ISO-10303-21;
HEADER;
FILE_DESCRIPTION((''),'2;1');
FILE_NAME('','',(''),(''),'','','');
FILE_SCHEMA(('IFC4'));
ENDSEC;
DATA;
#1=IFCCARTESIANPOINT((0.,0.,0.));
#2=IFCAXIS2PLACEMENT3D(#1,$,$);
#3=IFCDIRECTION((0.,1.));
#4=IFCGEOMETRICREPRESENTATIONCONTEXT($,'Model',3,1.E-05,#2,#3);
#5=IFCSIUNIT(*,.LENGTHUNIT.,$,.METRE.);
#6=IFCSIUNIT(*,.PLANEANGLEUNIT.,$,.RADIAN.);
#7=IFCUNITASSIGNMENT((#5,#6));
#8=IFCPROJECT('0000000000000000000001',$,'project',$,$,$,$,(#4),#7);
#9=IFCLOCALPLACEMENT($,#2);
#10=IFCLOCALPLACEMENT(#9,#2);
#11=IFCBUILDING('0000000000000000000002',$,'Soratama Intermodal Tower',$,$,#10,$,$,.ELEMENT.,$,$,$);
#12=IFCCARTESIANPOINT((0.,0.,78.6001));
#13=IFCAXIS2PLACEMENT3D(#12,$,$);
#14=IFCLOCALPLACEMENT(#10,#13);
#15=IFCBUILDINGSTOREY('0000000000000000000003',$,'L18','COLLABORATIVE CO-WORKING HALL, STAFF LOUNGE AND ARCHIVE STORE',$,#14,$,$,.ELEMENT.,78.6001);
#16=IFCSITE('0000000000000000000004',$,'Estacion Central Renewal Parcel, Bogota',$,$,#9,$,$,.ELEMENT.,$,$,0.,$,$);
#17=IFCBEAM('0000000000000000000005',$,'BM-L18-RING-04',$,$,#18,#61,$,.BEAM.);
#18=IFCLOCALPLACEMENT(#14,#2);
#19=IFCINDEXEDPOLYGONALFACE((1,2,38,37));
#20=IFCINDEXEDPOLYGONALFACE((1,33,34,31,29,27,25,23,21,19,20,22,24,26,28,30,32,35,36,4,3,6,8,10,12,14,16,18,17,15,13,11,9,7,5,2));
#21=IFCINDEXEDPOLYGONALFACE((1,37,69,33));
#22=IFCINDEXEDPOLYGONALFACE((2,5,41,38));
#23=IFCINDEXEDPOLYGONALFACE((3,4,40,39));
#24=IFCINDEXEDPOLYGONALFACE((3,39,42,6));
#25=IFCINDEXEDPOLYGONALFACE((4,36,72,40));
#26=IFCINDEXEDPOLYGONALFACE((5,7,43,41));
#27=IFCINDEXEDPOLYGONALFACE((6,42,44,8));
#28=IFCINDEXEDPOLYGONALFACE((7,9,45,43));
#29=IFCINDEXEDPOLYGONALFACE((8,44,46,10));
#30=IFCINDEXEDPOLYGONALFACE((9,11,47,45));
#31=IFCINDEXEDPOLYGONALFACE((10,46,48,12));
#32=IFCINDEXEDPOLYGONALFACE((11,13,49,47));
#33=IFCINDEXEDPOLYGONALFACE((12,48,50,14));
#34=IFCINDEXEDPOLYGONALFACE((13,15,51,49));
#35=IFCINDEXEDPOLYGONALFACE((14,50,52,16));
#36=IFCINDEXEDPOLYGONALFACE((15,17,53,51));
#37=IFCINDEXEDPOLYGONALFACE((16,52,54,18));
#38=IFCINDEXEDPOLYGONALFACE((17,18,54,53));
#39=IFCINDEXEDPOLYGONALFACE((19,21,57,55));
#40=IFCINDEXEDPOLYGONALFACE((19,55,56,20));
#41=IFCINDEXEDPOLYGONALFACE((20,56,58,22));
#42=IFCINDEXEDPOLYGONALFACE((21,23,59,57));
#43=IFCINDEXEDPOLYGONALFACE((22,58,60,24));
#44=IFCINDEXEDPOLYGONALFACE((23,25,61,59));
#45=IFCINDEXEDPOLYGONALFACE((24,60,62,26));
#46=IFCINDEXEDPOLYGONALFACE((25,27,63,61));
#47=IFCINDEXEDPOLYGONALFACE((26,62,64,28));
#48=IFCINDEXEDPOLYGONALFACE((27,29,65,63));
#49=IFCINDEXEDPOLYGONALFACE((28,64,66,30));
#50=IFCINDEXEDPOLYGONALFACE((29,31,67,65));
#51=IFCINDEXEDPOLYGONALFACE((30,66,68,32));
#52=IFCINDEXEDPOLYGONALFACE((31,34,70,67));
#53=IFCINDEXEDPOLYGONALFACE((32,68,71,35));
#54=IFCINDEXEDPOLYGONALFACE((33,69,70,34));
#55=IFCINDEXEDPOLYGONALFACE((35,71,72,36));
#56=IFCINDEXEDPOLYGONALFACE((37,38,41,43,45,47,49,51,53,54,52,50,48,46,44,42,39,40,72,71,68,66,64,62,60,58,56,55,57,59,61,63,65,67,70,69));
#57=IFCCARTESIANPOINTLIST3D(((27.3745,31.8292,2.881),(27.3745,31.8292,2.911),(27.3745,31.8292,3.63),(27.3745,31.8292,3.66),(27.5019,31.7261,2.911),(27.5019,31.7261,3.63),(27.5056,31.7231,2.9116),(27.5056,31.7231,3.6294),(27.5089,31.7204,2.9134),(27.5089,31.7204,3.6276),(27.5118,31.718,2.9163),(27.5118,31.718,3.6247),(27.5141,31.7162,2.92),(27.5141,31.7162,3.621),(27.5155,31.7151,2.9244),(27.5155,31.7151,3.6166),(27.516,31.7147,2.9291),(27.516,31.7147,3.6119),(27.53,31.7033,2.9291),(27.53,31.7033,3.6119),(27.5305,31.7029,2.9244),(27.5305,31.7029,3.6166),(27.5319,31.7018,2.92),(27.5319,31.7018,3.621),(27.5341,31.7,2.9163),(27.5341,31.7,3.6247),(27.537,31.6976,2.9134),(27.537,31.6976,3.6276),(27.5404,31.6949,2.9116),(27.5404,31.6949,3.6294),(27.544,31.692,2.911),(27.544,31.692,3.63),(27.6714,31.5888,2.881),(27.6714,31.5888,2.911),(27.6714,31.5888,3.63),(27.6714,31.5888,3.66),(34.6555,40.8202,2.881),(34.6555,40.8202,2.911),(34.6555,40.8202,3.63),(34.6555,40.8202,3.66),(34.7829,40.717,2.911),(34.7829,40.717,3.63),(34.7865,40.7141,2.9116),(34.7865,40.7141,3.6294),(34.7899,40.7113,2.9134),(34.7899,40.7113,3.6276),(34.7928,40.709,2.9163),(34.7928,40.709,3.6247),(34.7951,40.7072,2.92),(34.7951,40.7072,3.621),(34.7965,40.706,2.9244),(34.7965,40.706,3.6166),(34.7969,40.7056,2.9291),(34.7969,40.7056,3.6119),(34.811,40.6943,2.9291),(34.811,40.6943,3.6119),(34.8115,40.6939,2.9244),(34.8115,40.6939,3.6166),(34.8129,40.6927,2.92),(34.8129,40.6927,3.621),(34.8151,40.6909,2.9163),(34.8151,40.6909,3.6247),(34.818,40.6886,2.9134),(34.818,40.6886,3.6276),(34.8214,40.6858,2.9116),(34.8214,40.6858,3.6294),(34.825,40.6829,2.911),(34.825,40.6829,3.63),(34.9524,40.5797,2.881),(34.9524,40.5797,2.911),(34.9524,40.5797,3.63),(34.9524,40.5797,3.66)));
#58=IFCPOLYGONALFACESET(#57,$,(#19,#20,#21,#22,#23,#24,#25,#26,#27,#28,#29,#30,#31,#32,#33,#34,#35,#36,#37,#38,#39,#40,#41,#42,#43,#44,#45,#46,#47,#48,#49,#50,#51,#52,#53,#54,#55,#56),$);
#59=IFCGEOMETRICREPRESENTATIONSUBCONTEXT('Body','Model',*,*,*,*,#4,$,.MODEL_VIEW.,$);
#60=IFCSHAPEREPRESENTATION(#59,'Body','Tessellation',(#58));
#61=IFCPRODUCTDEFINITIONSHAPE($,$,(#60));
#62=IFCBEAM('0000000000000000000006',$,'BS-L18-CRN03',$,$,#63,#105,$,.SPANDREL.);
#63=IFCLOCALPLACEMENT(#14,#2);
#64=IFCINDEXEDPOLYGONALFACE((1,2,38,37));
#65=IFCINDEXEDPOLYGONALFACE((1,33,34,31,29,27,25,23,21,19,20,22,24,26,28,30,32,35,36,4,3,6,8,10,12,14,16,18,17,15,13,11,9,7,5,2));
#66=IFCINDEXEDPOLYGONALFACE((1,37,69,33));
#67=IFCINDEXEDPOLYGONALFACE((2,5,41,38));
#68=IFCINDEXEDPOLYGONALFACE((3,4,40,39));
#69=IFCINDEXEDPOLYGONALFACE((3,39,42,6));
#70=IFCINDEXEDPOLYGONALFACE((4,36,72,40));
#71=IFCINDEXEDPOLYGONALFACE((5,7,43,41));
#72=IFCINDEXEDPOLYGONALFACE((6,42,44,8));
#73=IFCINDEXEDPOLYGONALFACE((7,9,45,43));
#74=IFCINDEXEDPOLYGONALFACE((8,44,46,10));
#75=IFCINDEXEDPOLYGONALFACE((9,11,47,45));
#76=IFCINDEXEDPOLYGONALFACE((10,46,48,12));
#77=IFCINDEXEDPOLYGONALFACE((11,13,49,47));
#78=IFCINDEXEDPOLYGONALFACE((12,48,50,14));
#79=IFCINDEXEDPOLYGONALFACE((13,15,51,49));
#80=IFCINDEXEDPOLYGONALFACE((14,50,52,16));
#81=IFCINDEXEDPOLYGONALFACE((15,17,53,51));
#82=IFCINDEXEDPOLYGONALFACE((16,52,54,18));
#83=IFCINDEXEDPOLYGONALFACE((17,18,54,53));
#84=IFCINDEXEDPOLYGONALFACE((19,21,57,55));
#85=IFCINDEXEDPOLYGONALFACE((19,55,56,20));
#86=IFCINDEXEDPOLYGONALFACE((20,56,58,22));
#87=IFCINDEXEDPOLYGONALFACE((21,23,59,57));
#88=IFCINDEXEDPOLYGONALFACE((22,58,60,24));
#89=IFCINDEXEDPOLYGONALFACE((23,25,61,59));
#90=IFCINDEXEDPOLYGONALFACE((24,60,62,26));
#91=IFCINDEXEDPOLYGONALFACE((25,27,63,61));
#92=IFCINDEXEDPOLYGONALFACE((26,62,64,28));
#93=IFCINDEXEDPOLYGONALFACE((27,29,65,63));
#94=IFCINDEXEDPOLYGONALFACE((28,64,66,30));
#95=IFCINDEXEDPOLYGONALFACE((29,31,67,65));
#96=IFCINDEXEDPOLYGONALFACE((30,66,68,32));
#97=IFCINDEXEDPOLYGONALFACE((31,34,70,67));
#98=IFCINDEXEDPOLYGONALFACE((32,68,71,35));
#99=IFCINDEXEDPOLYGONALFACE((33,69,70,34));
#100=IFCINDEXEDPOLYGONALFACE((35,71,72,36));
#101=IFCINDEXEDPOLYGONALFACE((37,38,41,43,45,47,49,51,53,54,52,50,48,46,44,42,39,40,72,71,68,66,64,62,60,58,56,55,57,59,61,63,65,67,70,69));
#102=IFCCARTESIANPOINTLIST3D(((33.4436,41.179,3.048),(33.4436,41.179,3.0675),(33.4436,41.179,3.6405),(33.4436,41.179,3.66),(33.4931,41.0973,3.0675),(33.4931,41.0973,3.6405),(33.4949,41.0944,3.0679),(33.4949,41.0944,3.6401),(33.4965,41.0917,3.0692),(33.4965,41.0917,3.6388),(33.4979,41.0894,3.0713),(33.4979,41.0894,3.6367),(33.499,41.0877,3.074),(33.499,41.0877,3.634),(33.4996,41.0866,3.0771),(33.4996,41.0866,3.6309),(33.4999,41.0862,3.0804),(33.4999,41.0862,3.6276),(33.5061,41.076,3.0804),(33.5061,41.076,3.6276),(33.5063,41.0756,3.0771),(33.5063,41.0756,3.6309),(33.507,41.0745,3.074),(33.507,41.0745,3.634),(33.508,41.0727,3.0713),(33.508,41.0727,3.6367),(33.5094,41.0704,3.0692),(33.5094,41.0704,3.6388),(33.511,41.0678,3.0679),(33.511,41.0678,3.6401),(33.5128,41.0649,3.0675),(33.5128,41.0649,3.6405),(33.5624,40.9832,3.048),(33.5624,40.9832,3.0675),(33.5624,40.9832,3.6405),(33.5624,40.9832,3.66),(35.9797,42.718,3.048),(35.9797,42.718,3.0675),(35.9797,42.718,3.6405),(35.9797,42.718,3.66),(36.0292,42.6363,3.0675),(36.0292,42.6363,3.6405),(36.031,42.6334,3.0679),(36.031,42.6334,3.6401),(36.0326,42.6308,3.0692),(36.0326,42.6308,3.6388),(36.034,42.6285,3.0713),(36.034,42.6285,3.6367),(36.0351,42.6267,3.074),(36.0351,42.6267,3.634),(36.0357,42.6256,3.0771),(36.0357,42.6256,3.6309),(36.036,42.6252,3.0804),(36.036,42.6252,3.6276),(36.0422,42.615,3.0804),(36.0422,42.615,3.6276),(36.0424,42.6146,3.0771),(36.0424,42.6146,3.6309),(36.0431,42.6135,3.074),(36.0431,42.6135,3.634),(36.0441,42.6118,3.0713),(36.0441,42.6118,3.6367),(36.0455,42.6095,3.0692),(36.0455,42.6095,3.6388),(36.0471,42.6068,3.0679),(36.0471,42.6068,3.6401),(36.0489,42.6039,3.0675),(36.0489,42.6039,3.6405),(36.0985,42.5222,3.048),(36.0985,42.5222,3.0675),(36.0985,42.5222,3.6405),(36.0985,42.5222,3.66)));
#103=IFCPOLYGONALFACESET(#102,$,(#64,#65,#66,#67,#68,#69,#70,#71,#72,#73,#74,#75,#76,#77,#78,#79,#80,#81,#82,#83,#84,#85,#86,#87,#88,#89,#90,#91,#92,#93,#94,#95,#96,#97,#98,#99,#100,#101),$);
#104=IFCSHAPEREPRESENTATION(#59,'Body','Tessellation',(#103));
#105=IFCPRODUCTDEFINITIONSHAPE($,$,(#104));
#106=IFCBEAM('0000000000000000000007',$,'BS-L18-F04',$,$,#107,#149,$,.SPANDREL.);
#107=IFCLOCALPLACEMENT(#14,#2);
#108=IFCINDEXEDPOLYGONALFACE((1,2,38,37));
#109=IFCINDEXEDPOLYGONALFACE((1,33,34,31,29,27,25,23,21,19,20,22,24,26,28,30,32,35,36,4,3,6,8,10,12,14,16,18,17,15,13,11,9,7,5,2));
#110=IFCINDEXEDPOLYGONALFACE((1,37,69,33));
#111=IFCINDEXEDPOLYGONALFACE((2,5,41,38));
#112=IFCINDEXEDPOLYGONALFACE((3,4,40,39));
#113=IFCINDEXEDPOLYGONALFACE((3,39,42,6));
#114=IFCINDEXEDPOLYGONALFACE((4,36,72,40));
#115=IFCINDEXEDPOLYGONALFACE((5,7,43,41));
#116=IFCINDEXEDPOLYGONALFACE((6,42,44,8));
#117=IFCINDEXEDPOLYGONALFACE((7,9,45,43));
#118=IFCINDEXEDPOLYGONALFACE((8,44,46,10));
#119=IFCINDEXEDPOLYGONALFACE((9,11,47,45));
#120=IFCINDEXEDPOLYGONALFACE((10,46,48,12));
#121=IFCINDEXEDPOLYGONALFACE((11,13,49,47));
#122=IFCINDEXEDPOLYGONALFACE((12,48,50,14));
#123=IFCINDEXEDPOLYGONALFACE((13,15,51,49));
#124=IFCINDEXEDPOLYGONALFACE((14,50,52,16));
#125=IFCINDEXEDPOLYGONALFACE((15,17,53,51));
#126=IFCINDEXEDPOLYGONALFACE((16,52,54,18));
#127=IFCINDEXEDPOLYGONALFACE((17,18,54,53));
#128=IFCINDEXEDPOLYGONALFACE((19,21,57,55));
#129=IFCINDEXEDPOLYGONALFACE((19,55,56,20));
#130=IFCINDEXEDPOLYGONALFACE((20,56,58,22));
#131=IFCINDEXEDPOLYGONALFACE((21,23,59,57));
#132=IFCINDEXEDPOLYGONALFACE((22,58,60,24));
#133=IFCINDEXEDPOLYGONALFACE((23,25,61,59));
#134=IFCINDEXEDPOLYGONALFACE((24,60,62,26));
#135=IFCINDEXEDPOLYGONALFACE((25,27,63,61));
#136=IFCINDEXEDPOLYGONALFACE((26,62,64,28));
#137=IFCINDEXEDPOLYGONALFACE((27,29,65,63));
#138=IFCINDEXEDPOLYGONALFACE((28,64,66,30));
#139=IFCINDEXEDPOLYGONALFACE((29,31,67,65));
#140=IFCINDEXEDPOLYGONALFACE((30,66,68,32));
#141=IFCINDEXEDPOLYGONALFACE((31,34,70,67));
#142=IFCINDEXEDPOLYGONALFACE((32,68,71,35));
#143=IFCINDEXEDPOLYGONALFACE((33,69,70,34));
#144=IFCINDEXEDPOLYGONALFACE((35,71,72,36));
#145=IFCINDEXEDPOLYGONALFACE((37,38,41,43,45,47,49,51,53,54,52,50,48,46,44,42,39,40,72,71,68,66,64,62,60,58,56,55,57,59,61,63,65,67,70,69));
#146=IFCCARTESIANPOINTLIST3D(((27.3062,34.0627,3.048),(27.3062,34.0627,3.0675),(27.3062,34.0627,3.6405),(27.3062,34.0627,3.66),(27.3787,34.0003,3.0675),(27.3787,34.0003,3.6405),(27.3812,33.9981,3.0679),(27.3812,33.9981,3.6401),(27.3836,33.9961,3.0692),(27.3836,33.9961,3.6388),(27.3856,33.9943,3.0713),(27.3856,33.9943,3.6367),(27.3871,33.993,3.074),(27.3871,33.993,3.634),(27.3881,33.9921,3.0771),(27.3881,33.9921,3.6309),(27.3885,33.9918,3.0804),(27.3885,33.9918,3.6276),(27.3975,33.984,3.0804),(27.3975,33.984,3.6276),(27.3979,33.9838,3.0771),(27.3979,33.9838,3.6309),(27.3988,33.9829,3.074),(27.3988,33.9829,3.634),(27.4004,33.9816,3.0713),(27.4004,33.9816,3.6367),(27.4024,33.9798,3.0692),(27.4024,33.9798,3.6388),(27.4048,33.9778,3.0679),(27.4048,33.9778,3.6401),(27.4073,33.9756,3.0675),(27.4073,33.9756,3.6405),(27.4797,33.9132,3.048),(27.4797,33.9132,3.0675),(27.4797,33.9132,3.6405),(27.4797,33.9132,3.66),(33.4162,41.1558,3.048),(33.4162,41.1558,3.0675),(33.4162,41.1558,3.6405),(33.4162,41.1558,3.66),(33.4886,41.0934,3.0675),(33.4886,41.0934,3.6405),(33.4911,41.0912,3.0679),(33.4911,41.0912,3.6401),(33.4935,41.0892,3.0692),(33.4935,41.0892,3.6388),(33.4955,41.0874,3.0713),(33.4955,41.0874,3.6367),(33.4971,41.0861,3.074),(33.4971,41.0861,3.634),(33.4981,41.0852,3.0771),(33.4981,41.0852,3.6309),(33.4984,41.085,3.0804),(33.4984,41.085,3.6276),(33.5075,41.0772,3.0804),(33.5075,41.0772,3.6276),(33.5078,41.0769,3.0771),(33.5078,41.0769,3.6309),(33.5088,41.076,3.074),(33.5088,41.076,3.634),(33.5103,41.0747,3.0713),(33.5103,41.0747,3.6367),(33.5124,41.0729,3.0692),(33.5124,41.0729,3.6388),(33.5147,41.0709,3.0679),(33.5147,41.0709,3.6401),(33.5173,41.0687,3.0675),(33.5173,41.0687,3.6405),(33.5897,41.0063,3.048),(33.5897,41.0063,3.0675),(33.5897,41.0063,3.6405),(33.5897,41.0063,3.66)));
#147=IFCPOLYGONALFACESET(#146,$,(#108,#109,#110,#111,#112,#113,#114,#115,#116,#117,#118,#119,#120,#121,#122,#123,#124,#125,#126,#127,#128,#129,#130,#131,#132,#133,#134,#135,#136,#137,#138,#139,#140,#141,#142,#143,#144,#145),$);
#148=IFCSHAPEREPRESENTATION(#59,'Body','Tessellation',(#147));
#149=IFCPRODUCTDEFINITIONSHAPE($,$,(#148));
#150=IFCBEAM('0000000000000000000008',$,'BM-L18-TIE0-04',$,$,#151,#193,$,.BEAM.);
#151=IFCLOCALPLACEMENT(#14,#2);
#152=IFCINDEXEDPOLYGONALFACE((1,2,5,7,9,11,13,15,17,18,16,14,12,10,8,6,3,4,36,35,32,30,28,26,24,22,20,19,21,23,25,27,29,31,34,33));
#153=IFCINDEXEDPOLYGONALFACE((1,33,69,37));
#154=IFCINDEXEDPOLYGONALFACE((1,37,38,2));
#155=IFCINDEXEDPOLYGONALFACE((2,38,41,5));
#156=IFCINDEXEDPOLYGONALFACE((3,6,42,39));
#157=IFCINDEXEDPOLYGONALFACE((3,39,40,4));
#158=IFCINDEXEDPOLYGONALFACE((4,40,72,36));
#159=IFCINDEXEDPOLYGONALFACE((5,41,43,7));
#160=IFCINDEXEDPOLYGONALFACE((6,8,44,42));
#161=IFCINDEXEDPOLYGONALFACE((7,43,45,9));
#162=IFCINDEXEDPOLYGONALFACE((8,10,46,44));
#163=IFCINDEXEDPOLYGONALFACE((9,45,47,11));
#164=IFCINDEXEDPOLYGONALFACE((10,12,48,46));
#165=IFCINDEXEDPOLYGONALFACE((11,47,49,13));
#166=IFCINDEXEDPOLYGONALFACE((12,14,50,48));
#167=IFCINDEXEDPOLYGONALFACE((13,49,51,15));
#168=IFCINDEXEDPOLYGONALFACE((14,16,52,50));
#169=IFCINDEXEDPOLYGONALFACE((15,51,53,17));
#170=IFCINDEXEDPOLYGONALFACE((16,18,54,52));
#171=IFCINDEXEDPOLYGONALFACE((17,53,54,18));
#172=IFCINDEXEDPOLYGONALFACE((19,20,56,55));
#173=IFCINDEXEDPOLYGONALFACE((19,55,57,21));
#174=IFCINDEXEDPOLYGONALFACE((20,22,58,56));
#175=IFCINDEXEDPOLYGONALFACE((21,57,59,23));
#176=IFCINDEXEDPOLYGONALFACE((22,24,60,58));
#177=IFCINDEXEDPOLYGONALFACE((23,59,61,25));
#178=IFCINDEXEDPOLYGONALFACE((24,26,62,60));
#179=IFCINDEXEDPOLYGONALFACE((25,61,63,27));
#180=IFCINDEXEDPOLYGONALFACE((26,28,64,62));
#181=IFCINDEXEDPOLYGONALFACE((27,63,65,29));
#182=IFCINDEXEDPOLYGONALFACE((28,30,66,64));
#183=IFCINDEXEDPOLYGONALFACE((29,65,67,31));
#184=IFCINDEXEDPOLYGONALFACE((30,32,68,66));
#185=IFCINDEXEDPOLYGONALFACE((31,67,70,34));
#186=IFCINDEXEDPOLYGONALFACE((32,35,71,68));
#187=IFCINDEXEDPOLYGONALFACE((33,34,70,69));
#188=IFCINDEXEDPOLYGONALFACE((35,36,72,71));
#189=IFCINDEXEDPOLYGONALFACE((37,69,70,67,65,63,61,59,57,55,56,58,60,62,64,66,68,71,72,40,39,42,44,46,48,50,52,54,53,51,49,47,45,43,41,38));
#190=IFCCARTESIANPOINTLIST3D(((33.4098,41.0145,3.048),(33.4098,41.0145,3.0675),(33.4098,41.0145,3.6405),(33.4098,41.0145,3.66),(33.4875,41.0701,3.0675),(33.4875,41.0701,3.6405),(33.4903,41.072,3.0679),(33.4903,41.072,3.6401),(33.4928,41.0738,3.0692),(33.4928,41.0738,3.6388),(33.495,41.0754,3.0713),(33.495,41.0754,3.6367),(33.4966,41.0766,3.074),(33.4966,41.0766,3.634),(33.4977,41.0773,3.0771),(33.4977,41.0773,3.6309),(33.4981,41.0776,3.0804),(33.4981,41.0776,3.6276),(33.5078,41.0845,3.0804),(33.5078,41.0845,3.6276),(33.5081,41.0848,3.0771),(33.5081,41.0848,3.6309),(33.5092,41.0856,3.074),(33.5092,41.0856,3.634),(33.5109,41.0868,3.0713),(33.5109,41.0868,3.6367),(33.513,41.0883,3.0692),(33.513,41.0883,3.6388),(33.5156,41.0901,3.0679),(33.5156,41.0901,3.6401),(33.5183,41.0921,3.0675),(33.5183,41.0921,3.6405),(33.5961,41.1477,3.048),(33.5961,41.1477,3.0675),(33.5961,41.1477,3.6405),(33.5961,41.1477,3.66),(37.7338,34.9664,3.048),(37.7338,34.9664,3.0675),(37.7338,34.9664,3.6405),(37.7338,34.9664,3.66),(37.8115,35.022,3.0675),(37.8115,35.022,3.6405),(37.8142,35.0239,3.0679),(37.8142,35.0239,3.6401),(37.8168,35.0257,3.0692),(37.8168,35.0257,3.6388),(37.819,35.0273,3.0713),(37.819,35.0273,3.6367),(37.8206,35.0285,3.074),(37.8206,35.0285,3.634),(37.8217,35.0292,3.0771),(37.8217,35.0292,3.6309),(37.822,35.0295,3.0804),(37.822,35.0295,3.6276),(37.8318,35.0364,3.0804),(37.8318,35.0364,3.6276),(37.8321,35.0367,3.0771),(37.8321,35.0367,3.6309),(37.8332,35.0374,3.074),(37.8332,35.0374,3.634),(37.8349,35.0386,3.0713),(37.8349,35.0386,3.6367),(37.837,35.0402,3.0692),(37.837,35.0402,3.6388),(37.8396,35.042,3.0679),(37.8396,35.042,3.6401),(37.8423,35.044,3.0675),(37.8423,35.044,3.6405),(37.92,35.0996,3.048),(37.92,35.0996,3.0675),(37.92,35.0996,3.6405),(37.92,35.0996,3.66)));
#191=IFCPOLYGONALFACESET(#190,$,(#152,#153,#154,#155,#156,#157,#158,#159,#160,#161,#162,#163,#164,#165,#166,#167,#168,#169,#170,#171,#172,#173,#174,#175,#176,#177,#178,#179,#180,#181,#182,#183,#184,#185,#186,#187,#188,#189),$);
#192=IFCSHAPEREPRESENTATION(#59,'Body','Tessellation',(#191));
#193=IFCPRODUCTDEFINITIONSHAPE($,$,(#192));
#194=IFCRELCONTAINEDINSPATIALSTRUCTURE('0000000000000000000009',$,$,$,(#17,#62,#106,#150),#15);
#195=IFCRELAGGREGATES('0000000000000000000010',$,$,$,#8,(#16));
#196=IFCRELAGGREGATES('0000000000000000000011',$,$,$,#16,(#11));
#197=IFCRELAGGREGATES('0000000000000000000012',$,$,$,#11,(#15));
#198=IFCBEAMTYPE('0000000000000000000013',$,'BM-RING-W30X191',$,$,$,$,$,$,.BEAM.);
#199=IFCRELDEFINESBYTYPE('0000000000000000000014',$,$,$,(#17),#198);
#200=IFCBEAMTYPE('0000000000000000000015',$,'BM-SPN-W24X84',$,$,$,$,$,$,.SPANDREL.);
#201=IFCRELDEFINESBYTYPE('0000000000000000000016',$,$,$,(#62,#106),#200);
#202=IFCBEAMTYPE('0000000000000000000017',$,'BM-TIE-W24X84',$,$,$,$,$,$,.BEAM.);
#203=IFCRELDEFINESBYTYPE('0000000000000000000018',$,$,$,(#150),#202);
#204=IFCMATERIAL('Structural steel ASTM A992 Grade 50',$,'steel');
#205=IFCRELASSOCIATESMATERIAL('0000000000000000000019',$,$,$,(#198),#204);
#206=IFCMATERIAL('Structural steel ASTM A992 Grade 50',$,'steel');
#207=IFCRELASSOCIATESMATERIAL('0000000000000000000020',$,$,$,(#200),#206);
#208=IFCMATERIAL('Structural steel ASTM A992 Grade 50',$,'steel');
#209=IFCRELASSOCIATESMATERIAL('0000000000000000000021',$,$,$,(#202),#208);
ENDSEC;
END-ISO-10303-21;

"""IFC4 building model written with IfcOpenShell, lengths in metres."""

from ifc_helpers import new_model, si_unit, direction, frame, origin, origin_2d, place, context, subcontext, project, spatial, i_section, extrude, material, material_profile, profile_set, type_object, element, save


model = new_model("IFC4")

# Units and contexts
model_context = context("Model", 3, precision=1e-05, world=origin(), true_north=direction((0.0, 1.0)))
body_context = subcontext(model_context, "Body", "Model", "MODEL_VIEW")
ifc_project = project(units=[si_unit("LENGTHUNIT", "METRE"), si_unit("PLANEANGLEUNIT", "RADIAN")], contexts=[model_context])

# Site, building, storey
site_placement = place(None, origin())
site = spatial("IfcSite", under=ifc_project, at=site_placement, Name="Estacion Central Renewal Parcel, Bogota", CompositionType="ELEMENT", RefElevation=0.0)
building_placement = place(site_placement, origin())
building = spatial("IfcBuilding", under=site, at=building_placement, Name="Soratama Intermodal Tower", CompositionType="ELEMENT")
storey_placement = place(building_placement, frame((0.0, 0.0, 78.6001)))
storey = spatial("IfcBuildingStorey", under=building, at=storey_placement, Name="L18", Description="COLLABORATIVE CO-WORKING HALL, STAFF LOUNGE AND ARCHIVE STORE", CompositionType="ELEMENT", Elevation=78.6001)

# Beams
ifc_material_1 = material(Name="Structural steel ASTM A992 Grade 50", Category="steel")
ifc_material_profile_1 = material_profile(ifc_material_1, i_section(OverallWidth=0.3821, OverallDepth=0.7791, WebThickness=0.0181, FlangeThickness=0.03, FilletRadius=0.0181, at=origin_2d()), Name="W30X191")
ifc_profile_set_1 = profile_set([ifc_material_profile_1], Name="Structural steel ASTM A992 Grade 50")
beam_type_1 = type_object("IfcBeamType", Name="BM-RING-W30X191", PredefinedType="BEAM", material=ifc_profile_set_1)
beam_1_placement = place(storey_placement, frame((34.804, 40.7, 3.2705), z_axis=(-0.629334, -0.777135, 0.0), x_axis=(0.777135, -0.629334, 0.0)))
element("IfcBeam", 1, at=beam_1_placement, inside=storey, type_object=beam_type_1, Name="BM-L18-RING-04", PredefinedType="BEAM", context=body_context, shape_type="SweptSolid", body=[
    extrude(i_section(OverallWidth=0.3821, OverallDepth=0.7791, WebThickness=0.0181, FlangeThickness=0.03, FilletRadius=0.0181, at=origin_2d()), origin(), (0.0, 0.0, 1.0), 11.5693),
])
ifc_material_2 = material(Name="Structural steel ASTM A992 Grade 50", Category="steel")
ifc_material_profile_2 = material_profile(ifc_material_2, i_section(OverallWidth=0.229, OverallDepth=0.6121, WebThickness=0.012, FlangeThickness=0.0195, FilletRadius=0.0129, at=origin_2d()), Name="W24X84")
ifc_profile_set_2 = profile_set([ifc_material_profile_2], Name="Structural steel ASTM A992 Grade 50")
beam_type_2 = type_object("IfcBeamType", Name="BM-SPN-W24X84", PredefinedType="SPANDREL", material=ifc_profile_set_2)
beam_2_placement = place(storey_placement, frame((36.0391, 42.6201, 3.354), z_axis=(-0.854897, -0.518798, 0.0), x_axis=(0.518798, -0.854897, 0.0)))
element("IfcBeam", 2, at=beam_2_placement, inside=storey, type_object=beam_type_2, Name="BS-L18-CRN03", PredefinedType="SPANDREL", context=body_context, shape_type="SweptSolid", body=[
    extrude(i_section(OverallWidth=0.229, OverallDepth=0.6121, WebThickness=0.012, FlangeThickness=0.0195, FilletRadius=0.0129, at=origin_2d()), origin(), (0.0, 0.0, 1.0), 2.9666),
])
beam_3_placement = place(storey_placement, frame((33.5029, 41.0811, 3.354), z_axis=(-0.652645, -0.757664, 0.0), x_axis=(0.757664, -0.652645, 0.0)))
element("IfcBeam", 3, at=beam_3_placement, inside=storey, type_object=beam_type_2, Name="BS-L18-F04", PredefinedType="SPANDREL", context=body_context, shape_type="SweptSolid", body=[
    extrude(i_section(OverallWidth=0.229, OverallDepth=0.6121, WebThickness=0.012, FlangeThickness=0.0195, FilletRadius=0.0129, at=origin_2d()), origin(), (0.0, 0.0, 1.0), 9.3618),
])
ifc_material_3 = material(Name="Structural steel ASTM A992 Grade 50", Category="steel")
ifc_material_profile_3 = material_profile(ifc_material_3, i_section(OverallWidth=0.229, OverallDepth=0.6121, WebThickness=0.012, FlangeThickness=0.0195, FilletRadius=0.0129, at=origin_2d()), Name="W24X84")
ifc_profile_set_3 = profile_set([ifc_material_profile_3], Name="Structural steel ASTM A992 Grade 50")
beam_type_3 = type_object("IfcBeamType", Name="BM-TIE-W24X84", PredefinedType="BEAM", material=ifc_profile_set_3)
beam_4_placement = place(storey_placement, frame((37.8269, 35.033, 3.354), z_axis=(-0.581586, 0.813485, 0.0), x_axis=(-0.813485, -0.581586, 0.0)))
element("IfcBeam", 4, at=beam_4_placement, inside=storey, type_object=beam_type_3, Name="BM-L18-TIE0-04", PredefinedType="BEAM", context=body_context, shape_type="SweptSolid", body=[
    extrude(i_section(OverallWidth=0.229, OverallDepth=0.6121, WebThickness=0.012, FlangeThickness=0.0195, FilletRadius=0.0129, at=origin_2d()), origin(), (0.0, 0.0, 1.0), 7.4348),
])

save(model, "model.ifc")
